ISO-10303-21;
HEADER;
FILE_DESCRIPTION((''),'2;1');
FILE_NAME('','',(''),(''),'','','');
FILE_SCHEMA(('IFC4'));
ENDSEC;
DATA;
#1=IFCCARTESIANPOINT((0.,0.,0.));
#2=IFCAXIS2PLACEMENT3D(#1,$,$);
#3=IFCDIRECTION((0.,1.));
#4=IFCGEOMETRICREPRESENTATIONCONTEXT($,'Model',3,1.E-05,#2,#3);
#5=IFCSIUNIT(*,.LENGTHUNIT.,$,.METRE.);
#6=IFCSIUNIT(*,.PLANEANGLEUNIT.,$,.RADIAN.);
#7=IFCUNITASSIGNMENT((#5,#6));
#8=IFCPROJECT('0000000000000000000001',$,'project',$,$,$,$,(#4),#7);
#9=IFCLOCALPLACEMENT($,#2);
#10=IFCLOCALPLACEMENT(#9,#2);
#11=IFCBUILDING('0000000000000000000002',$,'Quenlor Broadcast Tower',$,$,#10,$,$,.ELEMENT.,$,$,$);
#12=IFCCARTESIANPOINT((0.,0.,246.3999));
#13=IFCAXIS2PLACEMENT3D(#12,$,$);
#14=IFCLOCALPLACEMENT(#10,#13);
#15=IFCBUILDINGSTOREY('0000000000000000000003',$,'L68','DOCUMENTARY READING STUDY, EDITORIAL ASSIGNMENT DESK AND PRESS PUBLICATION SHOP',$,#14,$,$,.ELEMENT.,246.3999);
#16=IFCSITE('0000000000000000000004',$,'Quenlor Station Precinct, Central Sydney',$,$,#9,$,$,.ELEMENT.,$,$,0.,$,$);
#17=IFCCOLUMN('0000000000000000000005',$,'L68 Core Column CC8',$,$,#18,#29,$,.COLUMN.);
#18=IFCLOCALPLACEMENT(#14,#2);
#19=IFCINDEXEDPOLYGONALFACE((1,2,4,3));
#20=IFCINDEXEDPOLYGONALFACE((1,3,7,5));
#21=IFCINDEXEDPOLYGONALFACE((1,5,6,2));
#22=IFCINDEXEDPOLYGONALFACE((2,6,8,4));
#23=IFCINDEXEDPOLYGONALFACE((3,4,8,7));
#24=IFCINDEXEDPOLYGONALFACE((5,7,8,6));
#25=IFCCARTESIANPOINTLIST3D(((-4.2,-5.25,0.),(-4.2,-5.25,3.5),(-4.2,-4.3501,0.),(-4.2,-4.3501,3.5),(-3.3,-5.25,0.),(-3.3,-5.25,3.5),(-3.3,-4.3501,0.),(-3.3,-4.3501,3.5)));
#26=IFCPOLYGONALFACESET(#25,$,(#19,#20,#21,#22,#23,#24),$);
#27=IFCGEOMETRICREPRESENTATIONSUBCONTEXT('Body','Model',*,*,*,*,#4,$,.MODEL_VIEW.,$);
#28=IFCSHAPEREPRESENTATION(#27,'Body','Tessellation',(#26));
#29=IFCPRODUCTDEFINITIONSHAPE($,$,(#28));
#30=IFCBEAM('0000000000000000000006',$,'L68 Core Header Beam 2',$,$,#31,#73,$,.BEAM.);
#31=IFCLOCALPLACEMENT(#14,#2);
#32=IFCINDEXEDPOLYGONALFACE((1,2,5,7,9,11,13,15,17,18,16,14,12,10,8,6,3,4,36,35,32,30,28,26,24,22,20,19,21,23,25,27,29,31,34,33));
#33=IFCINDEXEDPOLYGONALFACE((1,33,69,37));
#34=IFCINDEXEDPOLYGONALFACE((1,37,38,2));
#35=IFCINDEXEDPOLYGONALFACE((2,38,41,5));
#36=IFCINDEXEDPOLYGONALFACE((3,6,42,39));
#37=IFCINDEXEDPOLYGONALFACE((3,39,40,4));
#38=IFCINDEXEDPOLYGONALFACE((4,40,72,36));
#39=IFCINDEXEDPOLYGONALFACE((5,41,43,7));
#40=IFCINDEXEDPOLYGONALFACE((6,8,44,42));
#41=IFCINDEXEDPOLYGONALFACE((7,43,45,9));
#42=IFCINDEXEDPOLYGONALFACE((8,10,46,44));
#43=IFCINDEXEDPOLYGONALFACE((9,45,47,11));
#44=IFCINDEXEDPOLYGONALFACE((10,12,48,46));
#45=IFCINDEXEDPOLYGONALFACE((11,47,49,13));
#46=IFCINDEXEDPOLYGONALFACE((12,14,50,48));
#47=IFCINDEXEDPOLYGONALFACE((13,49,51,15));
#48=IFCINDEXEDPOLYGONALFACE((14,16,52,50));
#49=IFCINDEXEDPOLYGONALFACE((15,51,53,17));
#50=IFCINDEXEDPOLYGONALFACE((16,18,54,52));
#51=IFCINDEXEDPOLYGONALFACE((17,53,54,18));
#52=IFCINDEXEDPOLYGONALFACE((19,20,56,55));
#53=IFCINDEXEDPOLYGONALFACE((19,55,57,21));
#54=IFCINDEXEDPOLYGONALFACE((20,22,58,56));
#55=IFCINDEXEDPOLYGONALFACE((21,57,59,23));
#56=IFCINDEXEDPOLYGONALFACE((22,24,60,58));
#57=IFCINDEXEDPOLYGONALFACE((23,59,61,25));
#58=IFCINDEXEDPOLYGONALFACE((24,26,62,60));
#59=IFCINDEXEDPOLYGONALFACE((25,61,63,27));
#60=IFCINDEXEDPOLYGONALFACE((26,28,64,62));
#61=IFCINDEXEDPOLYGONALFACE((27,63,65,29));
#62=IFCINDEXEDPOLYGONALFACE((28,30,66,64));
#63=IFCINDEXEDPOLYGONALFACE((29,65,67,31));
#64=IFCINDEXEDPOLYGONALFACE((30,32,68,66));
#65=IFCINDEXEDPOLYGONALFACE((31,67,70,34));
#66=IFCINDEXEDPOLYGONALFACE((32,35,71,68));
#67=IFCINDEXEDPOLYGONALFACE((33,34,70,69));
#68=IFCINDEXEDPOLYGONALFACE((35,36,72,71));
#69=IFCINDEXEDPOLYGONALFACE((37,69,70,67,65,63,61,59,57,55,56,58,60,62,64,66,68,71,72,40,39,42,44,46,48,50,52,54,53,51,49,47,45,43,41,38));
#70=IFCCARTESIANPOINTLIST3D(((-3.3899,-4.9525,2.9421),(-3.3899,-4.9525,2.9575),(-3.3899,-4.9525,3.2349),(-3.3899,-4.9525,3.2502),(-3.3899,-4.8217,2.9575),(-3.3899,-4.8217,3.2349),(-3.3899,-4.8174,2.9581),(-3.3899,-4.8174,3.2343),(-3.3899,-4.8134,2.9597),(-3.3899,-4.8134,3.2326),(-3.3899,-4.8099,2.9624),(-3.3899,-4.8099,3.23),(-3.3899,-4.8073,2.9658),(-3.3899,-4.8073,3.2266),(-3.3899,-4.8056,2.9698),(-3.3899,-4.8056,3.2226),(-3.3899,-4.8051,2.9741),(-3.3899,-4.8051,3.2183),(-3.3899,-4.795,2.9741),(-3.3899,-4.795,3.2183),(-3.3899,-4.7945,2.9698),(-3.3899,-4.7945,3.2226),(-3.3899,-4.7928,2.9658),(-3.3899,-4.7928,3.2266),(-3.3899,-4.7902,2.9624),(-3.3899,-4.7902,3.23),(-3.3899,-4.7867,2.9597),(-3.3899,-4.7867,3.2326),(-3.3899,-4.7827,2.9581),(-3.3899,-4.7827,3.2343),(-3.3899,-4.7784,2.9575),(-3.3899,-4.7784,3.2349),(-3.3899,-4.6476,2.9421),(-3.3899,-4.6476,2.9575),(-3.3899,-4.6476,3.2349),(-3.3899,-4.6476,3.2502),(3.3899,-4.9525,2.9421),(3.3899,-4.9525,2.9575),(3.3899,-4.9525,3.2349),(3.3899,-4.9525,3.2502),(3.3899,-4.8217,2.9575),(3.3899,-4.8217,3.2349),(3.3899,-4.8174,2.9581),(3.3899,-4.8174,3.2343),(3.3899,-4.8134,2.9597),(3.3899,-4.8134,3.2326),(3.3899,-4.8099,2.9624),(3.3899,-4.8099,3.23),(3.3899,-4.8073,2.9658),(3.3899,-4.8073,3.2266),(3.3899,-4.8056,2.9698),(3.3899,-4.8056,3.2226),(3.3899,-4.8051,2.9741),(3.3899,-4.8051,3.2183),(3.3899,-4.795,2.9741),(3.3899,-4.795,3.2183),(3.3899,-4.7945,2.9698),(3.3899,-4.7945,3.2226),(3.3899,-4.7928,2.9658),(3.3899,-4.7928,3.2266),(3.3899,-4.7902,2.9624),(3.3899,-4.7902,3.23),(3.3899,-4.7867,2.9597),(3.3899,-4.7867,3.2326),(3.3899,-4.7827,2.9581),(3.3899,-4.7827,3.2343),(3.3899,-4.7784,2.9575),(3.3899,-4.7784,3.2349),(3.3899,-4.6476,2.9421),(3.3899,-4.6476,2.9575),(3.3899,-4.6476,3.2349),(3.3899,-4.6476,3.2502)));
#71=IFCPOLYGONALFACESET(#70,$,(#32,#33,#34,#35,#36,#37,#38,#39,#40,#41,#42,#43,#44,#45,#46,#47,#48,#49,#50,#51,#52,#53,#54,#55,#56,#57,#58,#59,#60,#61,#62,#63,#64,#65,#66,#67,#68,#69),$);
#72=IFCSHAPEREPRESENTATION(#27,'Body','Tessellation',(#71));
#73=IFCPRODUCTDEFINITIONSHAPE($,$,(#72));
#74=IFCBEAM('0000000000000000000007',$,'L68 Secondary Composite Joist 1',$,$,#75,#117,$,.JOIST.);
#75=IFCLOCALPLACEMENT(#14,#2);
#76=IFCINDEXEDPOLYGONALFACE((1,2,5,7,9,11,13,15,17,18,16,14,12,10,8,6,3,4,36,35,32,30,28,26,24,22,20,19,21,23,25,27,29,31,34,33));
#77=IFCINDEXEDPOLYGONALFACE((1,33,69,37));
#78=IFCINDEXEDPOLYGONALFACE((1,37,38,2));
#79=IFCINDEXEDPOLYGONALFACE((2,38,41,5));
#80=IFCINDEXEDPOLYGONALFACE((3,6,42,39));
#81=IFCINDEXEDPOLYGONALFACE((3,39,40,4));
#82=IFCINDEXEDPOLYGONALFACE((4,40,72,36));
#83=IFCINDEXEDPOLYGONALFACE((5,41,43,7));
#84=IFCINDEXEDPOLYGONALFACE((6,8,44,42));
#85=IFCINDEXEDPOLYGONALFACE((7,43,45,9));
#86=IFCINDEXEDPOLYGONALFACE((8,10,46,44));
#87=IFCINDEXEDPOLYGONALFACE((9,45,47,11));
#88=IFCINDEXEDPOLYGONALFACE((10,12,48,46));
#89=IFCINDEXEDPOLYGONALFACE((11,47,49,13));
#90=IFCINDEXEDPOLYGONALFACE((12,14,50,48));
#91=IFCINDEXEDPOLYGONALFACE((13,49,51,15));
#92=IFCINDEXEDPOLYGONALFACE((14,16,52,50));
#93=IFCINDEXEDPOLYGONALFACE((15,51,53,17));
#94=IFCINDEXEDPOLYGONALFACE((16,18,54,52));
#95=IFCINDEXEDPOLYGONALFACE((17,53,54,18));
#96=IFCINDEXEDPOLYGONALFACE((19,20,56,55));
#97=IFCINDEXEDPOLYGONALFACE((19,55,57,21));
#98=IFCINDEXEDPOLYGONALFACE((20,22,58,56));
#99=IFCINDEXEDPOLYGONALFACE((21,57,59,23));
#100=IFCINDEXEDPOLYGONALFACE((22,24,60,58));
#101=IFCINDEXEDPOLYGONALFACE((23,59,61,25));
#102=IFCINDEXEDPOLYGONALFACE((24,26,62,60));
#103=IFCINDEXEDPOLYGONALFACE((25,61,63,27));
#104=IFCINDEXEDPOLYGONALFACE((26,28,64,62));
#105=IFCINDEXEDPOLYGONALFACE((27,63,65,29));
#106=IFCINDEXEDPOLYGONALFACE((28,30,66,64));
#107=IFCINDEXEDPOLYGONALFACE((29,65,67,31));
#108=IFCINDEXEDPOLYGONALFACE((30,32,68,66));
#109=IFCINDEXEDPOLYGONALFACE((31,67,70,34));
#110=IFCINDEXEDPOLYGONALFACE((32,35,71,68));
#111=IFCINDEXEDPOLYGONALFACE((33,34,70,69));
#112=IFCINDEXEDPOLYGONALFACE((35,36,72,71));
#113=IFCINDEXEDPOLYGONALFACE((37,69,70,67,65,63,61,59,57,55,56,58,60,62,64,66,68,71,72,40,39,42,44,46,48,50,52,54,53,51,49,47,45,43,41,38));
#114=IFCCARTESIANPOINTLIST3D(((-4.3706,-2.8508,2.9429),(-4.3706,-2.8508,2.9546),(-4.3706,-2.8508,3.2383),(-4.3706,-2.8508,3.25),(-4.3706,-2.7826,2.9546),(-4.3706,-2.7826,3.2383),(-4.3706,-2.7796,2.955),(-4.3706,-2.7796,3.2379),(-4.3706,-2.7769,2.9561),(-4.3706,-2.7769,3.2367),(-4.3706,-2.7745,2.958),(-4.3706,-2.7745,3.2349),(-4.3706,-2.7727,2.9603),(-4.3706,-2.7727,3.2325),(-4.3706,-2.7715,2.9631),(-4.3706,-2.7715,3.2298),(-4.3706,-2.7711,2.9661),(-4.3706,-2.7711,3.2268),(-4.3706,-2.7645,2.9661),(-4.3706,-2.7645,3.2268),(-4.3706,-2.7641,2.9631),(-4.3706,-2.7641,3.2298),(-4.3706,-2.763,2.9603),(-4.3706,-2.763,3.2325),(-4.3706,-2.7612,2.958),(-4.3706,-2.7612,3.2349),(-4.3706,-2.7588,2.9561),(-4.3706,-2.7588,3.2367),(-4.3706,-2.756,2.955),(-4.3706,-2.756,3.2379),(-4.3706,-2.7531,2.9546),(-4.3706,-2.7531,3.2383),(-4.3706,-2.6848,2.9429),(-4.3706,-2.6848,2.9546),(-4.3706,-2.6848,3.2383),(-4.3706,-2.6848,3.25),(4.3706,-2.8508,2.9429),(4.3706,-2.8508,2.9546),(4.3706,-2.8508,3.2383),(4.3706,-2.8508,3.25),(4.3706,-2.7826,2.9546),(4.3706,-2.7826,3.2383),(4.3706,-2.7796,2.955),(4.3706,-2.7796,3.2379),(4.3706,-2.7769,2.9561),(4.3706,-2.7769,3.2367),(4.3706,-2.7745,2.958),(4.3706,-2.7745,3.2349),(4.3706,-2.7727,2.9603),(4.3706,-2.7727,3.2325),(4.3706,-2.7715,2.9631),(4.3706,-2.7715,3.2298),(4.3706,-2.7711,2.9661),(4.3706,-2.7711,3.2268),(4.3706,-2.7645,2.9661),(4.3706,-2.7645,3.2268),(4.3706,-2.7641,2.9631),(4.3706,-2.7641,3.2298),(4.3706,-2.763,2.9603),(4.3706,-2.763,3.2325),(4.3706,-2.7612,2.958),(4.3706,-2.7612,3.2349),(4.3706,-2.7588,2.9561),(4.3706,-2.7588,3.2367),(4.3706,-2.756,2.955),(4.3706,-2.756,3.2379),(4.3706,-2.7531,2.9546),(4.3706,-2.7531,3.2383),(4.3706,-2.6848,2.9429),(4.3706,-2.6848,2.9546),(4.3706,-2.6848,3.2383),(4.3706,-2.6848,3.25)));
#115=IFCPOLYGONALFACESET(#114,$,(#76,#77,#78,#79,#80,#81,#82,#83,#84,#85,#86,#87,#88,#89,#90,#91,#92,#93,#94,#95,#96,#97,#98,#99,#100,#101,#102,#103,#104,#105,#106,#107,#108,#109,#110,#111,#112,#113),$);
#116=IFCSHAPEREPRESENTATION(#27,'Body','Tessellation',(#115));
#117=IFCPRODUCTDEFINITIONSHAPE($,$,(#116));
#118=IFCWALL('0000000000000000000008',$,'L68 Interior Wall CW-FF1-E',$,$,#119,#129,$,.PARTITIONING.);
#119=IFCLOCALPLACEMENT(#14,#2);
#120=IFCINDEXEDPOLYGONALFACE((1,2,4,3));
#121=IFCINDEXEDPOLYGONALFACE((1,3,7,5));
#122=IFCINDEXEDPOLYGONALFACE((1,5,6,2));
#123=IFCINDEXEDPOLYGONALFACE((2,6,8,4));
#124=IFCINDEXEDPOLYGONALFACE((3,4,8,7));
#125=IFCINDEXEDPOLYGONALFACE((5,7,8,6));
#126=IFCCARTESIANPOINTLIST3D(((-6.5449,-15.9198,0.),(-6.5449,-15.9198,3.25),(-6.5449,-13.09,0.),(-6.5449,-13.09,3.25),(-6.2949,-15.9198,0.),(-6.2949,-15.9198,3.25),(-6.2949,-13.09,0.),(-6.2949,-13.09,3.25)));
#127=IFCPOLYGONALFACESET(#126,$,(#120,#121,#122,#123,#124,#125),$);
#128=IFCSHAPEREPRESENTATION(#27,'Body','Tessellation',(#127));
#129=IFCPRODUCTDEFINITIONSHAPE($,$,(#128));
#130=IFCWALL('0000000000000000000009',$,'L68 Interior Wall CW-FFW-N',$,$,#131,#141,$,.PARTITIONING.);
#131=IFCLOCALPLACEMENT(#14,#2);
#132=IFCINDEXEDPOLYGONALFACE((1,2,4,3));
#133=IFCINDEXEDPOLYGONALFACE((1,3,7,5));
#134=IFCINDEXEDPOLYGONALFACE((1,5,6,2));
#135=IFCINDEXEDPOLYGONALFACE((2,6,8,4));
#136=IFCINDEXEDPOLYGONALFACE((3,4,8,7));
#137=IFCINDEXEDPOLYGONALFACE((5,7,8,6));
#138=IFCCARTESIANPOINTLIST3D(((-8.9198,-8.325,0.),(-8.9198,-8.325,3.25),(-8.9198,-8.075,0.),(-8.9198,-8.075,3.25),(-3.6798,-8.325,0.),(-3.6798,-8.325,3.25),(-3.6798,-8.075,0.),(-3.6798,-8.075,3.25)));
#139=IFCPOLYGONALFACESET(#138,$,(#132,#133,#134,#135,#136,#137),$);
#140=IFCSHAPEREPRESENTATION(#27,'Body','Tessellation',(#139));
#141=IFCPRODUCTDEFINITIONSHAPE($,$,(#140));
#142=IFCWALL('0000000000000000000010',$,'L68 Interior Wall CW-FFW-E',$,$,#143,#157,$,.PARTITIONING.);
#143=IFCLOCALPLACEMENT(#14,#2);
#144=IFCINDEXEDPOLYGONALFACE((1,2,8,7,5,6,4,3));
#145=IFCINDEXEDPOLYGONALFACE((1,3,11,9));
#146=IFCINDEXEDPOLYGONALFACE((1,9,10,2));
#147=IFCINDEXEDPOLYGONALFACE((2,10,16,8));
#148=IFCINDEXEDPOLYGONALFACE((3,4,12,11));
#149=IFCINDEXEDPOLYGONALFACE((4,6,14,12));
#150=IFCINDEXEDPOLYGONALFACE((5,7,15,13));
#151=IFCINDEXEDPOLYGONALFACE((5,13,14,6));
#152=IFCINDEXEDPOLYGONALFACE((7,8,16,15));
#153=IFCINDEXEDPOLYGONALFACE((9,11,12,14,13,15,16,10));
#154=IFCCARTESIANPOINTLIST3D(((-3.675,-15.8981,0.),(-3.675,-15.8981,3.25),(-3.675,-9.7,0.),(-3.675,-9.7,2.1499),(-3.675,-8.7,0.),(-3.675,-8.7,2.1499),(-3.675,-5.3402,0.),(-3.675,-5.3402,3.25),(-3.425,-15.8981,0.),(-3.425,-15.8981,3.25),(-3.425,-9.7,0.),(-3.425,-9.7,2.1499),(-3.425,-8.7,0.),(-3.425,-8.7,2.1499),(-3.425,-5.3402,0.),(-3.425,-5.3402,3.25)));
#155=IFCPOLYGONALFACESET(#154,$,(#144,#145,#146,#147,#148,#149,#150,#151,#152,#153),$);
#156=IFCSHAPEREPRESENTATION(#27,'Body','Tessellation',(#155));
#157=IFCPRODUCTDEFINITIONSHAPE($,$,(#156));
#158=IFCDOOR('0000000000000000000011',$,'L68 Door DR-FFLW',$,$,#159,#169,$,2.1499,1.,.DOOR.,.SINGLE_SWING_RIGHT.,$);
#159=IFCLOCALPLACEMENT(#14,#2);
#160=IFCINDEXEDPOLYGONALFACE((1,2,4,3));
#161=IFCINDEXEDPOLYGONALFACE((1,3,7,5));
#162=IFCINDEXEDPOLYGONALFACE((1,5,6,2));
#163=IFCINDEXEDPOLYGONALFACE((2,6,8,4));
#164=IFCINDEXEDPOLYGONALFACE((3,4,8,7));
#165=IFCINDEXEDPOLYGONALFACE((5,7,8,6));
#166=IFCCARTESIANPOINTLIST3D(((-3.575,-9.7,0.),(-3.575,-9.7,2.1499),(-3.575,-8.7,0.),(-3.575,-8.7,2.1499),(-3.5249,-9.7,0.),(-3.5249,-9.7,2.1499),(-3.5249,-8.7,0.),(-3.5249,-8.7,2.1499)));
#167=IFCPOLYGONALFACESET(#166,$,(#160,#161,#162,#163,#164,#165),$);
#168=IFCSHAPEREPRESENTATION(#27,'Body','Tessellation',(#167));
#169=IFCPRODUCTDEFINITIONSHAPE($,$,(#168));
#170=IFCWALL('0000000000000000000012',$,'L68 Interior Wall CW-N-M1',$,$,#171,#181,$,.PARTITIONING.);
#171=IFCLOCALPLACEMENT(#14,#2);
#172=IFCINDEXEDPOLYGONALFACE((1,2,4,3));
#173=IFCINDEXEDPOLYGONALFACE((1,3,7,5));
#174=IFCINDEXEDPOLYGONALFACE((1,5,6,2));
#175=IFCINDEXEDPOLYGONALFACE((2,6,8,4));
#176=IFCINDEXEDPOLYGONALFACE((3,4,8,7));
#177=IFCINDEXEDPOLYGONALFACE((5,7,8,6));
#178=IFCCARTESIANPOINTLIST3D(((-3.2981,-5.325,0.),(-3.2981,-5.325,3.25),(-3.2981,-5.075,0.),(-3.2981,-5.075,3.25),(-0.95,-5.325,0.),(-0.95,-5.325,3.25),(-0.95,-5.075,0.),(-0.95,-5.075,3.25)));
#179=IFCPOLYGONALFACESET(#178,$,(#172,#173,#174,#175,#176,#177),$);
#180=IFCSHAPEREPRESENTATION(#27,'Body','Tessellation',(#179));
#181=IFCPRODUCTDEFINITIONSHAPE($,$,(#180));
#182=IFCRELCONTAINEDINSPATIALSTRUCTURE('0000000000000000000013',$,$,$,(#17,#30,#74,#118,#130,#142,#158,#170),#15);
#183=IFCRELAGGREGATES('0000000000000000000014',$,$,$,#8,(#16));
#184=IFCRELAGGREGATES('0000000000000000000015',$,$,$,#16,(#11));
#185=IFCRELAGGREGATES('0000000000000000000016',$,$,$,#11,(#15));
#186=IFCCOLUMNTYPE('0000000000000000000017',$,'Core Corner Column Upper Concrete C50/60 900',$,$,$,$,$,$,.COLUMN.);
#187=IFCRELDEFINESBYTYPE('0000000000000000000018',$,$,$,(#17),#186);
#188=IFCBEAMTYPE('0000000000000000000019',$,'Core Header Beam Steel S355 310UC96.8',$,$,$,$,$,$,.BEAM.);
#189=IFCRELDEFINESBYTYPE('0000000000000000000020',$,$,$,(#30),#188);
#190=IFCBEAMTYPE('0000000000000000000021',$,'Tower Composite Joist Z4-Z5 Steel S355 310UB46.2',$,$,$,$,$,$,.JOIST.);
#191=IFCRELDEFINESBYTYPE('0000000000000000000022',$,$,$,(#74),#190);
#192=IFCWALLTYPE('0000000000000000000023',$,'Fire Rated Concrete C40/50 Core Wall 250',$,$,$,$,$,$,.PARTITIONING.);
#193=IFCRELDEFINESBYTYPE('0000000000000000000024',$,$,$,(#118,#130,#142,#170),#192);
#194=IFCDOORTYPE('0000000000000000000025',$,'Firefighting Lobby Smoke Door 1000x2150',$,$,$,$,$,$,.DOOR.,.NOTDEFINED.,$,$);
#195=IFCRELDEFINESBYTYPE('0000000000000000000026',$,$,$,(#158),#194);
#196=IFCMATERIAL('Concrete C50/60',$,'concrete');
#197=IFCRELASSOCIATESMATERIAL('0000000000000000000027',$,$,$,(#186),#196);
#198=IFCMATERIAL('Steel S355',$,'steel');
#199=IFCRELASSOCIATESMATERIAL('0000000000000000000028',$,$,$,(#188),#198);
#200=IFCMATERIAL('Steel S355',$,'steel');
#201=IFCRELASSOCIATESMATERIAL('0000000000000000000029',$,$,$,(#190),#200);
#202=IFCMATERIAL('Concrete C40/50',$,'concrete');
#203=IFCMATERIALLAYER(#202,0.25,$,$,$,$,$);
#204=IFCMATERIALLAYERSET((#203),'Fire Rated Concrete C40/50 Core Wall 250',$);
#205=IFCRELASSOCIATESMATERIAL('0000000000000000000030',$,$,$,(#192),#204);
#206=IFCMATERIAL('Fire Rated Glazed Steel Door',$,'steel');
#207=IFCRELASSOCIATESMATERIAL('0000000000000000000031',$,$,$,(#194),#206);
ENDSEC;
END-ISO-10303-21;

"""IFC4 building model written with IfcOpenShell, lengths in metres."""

from ifc_helpers import new_model, si_unit, direction, frame, frame_2d, origin, origin_2d, place, context, subcontext, project, spatial, rectangle, i_section, extrude, material, layer, layer_set, material_profile, profile_set, type_object, element, fill, save


model = new_model("IFC4")

# Units and contexts
model_context = context("Model", 3, precision=1e-05, world=origin(), true_north=direction((0.0, 1.0)))
body_context = subcontext(model_context, "Body", "Model", "MODEL_VIEW")
ifc_project = project(units=[si_unit("LENGTHUNIT", "METRE"), si_unit("PLANEANGLEUNIT", "RADIAN")], contexts=[model_context])

# Site, building, storey
site_placement = place(None, origin())
site = spatial("IfcSite", under=ifc_project, at=site_placement, Name="Quenlor Station Precinct, Central Sydney", CompositionType="ELEMENT", RefElevation=0.0)
building_placement = place(site_placement, origin())
building = spatial("IfcBuilding", under=site, at=building_placement, Name="Quenlor Broadcast Tower", CompositionType="ELEMENT")
storey_placement = place(building_placement, frame((0.0, 0.0, 246.3999)))
storey = spatial("IfcBuildingStorey", under=building, at=storey_placement, Name="L68", Description="DOCUMENTARY READING STUDY, EDITORIAL ASSIGNMENT DESK AND PRESS PUBLICATION SHOP", CompositionType="ELEMENT", Elevation=246.3999)

# Column
ifc_material_1 = material(Name="Concrete C50/60", Category="concrete")
ifc_material_profile_1 = material_profile(ifc_material_1, rectangle(XDim=0.8999, YDim=0.8999, at=origin_2d()))
ifc_profile_set_1 = profile_set([ifc_material_profile_1], Name="Concrete C50/60 RC900x900")
column_type = type_object("IfcColumnType", Name="Core Corner Column Upper Concrete C50/60 900", PredefinedType="COLUMN", material=ifc_profile_set_1)
column_placement = place(storey_placement, frame((-3.75, -4.8, 0.0), z_axis=(0.0, 0.0, 1.0), x_axis=(1.0, 0.0, 0.0)))
element("IfcColumn", 1, at=column_placement, inside=storey, type_object=column_type, Name="L68 Core Column CC8", PredefinedType="COLUMN", context=body_context, shape_type="SweptSolid", body=[
    extrude(rectangle(XDim=0.8999, YDim=0.8999, at=origin_2d()), origin(), (0.0, 0.0, 1.0), 3.5),
])

# Beams
ifc_material_2 = material(Name="Steel S355", Category="steel")
ifc_material_profile_2 = material_profile(ifc_material_2, i_section(OverallWidth=0.3049, OverallDepth=0.3081, WebThickness=0.01, FlangeThickness=0.0154, FilletRadius=0.0166, at=origin_2d()))
ifc_profile_set_2 = profile_set([ifc_material_profile_2], Name="Steel S355 310UC96.8")
beam_type_1 = type_object("IfcBeamType", Name="Core Header Beam Steel S355 310UC96.8", PredefinedType="BEAM", material=ifc_profile_set_2)
beam_1_placement = place(storey_placement, frame((-3.3899, -4.8, 3.0962), z_axis=(1.0, 0.0, 0.0), x_axis=(0.0, 1.0, 0.0)))
element("IfcBeam", 2, at=beam_1_placement, inside=storey, type_object=beam_type_1, Name="L68 Core Header Beam 2", PredefinedType="BEAM", context=body_context, shape_type="SweptSolid", body=[
    extrude(i_section(OverallWidth=0.3049, OverallDepth=0.3081, WebThickness=0.01, FlangeThickness=0.0154, FilletRadius=0.0166, at=origin_2d()), origin(), (0.0, 0.0, 1.0), 6.7798),
])
ifc_material_3 = material(Name="Steel S355", Category="steel")
ifc_material_profile_3 = material_profile(ifc_material_3, i_section(OverallWidth=0.166, OverallDepth=0.3071, WebThickness=0.0066, FlangeThickness=0.0117, FilletRadius=0.0115, at=origin_2d()))
ifc_profile_set_3 = profile_set([ifc_material_profile_3], Name="Steel S355 310UB46.2")
beam_type_2 = type_object("IfcBeamType", Name="Tower Composite Joist Z4-Z5 Steel S355 310UB46.2", PredefinedType="JOIST", material=ifc_profile_set_3)
beam_2_placement = place(storey_placement, frame((-4.3706, -2.7678, 3.0964), z_axis=(1.0, 0.0, 0.0), x_axis=(0.0, 1.0, 0.0)))
element("IfcBeam", 3, at=beam_2_placement, inside=storey, type_object=beam_type_2, Name="L68 Secondary Composite Joist 1", PredefinedType="JOIST", context=body_context, shape_type="SweptSolid", body=[
    extrude(i_section(OverallWidth=0.166, OverallDepth=0.3071, WebThickness=0.0066, FlangeThickness=0.0117, FilletRadius=0.0115, at=origin_2d()), origin(), (0.0, 0.0, 1.0), 8.7412),
])

# Shared definitions
ifc_material_4 = material(Name="Concrete C40/50", Category="concrete")
ifc_layer_1 = layer(ifc_material_4, 0.25)
ifc_layer_set_1 = layer_set([ifc_layer_1], Name="Fire Rated Concrete C40/50 Core Wall 250")
wall_type_1 = type_object("IfcWallType", Name="Fire Rated Concrete C40/50 Core Wall 250", PredefinedType="PARTITIONING", material=ifc_layer_set_1)

# Walls
wall_1_placement = place(storey_placement, frame((-6.4199, -15.9199, 0.0), z_axis=(0.0, 0.0, 1.0), x_axis=(0.0, 1.0, 0.0)))
element("IfcWall", 4, at=wall_1_placement, inside=storey, type_object=wall_type_1, Name="L68 Interior Wall CW-FF1-E", PredefinedType="PARTITIONING", context=body_context, shape_type="SweptSolid", body=[
    extrude(rectangle(XDim=2.8298, YDim=0.25, at=frame_2d((1.415, 0.0))), origin(), (0.0, 0.0, 1.0), 3.25),
])
wall_2_placement = place(storey_placement, frame((-8.9199, -8.2, 0.0), z_axis=(0.0, 0.0, 1.0), x_axis=(1.0, 0.0, 0.0)))
element("IfcWall", 5, at=wall_2_placement, inside=storey, type_object=wall_type_1, Name="L68 Interior Wall CW-FFW-N", PredefinedType="PARTITIONING", context=body_context, shape_type="SweptSolid", body=[
    extrude(rectangle(XDim=5.24, YDim=0.25, at=frame_2d((2.6201, 0.0))), origin(), (0.0, 0.0, 1.0), 3.25),
])

# Wall, opening, door
wall_3_placement = place(storey_placement, frame((-3.55, -15.8979, 0.0), z_axis=(0.0, 0.0, 1.0), x_axis=(0.0, 1.0, 0.0)))
wall_3 = element("IfcWall", 6, at=wall_3_placement, inside=storey, type_object=wall_type_1, Name="L68 Interior Wall CW-FFW-E", PredefinedType="PARTITIONING", context=body_context, shape_type="SweptSolid", body=[
    extrude(rectangle(XDim=10.5579, YDim=0.25, at=frame_2d((5.2788, 0.0))), origin(), (0.0, 0.0, 1.0), 3.25),
])
opening_1_placement = place(wall_3_placement, frame((6.198, 0.0, 0.0)))
opening_1 = element("IfcOpeningElement", 7, at=opening_1_placement, cuts=wall_3, PredefinedType="OPENING", context=body_context, shape_type="SweptSolid", body=[
    extrude(rectangle(XDim=1.0, YDim=2.1499, at=frame_2d((0.5, 1.075))), frame((0.0, 0.135, 0.0), z_axis=(0.0, -1.0, 0.0), x_axis=(1.0, 0.0, 0.0)), (0.0, 0.0, 1.0), 0.27),
])
ifc_material_5 = material(Name="Fire Rated Glazed Steel Door", Category="steel")
door_type_1 = type_object("IfcDoorType", Name="Firefighting Lobby Smoke Door 1000x2150", OperationType="NOTDEFINED", PredefinedType="DOOR", material=ifc_material_5)
door_1_placement = place(opening_1_placement, origin())
door_1 = element("IfcDoor", 8, at=door_1_placement, inside=storey, type_object=door_type_1, Name="L68 Door DR-FFLW", OperationType="SINGLE_SWING_RIGHT", OverallHeight=2.1499, OverallWidth=1.0, PredefinedType="DOOR", context=body_context, shape_type="SweptSolid", body=[
    extrude(rectangle(XDim=1.0, YDim=2.1499, at=frame_2d((0.5, 1.075))), frame((0.0, 0.0249, 0.0), z_axis=(0.0, -1.0, 0.0), x_axis=(1.0, 0.0, 0.0)), (0.0, 0.0, 1.0), 0.05),
])
fill(opening_1, door_1)

# Wall
wall_4_placement = place(storey_placement, frame((-3.2981, -5.2, 0.0), z_axis=(0.0, 0.0, 1.0), x_axis=(1.0, 0.0, 0.0)))
element("IfcWall", 9, at=wall_4_placement, inside=storey, type_object=wall_type_1, Name="L68 Interior Wall CW-N-M1", PredefinedType="PARTITIONING", context=body_context, shape_type="SweptSolid", body=[
    extrude(rectangle(XDim=2.3481, YDim=0.25, at=frame_2d((1.1741, 0.0))), origin(), (0.0, 0.0, 1.0), 3.25),
])

save(model, "model.ifc")
